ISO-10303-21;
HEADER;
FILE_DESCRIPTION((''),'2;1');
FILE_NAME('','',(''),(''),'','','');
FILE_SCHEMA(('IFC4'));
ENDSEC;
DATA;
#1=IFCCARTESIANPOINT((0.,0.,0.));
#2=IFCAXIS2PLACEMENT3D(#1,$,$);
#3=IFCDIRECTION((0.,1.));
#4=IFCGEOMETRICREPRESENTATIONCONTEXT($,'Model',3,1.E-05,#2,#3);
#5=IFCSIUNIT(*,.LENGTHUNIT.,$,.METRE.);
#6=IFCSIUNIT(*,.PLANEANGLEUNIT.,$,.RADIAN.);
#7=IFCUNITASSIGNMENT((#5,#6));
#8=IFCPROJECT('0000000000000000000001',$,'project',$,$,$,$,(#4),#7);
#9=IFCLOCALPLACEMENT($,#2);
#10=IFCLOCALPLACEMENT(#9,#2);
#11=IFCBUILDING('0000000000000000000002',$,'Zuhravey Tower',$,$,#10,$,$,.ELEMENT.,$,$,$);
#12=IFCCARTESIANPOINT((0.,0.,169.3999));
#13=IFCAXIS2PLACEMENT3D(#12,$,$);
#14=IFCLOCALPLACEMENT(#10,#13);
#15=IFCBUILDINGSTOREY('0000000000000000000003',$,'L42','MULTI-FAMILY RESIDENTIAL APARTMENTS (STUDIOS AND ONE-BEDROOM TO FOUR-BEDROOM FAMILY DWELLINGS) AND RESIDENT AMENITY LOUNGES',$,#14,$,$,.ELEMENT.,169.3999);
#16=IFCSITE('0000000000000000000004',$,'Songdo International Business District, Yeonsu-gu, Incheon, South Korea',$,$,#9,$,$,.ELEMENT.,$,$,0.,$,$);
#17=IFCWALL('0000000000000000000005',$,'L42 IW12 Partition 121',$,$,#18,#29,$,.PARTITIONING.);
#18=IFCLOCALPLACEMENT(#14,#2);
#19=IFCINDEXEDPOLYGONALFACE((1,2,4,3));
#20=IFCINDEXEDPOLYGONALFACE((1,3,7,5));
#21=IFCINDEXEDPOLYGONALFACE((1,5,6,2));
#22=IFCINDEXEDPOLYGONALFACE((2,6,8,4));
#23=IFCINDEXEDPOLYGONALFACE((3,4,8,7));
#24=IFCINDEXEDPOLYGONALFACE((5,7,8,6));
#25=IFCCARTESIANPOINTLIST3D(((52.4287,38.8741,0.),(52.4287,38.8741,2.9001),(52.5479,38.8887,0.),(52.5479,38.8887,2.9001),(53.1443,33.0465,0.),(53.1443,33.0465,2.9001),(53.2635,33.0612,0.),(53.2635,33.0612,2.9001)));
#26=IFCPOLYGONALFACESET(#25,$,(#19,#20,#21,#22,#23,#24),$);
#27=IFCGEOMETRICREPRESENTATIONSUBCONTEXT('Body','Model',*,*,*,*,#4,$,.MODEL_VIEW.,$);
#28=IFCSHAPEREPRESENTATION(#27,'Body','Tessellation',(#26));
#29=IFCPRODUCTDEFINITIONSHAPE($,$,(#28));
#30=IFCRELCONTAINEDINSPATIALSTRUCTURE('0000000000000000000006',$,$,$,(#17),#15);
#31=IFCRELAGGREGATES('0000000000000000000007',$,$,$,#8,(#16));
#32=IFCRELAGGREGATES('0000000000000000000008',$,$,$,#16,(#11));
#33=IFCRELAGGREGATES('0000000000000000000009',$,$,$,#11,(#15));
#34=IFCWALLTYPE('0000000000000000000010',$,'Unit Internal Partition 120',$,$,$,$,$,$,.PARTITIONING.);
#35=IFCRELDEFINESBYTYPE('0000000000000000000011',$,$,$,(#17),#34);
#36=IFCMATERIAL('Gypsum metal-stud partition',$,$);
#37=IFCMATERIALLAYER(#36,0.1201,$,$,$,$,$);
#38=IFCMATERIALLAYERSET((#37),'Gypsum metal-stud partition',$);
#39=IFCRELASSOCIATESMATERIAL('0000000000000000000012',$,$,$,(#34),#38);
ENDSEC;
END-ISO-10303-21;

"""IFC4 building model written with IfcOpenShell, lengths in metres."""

from ifc_helpers import new_model, si_unit, direction, frame, frame_2d, origin, place, context, subcontext, project, spatial, rectangle, extrude, material, layer, layer_set, type_object, element, save


model = new_model("IFC4")

# Units and contexts
model_context = context("Model", 3, precision=1e-05, world=origin(), true_north=direction((0.0, 1.0)))
body_context = subcontext(model_context, "Body", "Model", "MODEL_VIEW")
ifc_project = project(units=[si_unit("LENGTHUNIT", "METRE"), si_unit("PLANEANGLEUNIT", "RADIAN")], contexts=[model_context])

# Site, building, storey
site_placement = place(None, origin())
site = spatial("IfcSite", under=ifc_project, at=site_placement, Name="Songdo International Business District, Yeonsu-gu, Incheon, South Korea", CompositionType="ELEMENT", RefElevation=0.0)
building_placement = place(site_placement, origin())
building = spatial("IfcBuilding", under=site, at=building_placement, Name="Zuhravey Tower", CompositionType="ELEMENT")
storey_placement = place(building_placement, frame((0.0, 0.0, 169.3999)))
storey = spatial("IfcBuildingStorey", under=building, at=storey_placement, Name="L42", Description="MULTI-FAMILY RESIDENTIAL APARTMENTS (STUDIOS AND ONE-BEDROOM TO FOUR-BEDROOM FAMILY DWELLINGS) AND RESIDENT AMENITY LOUNGES", CompositionType="ELEMENT", Elevation=169.3999)

# Shared definitions
ifc_material_1 = material(Name="Gypsum metal-stud partition")
ifc_layer_1 = layer(ifc_material_1, 0.1201)
ifc_layer_set_1 = layer_set([ifc_layer_1], Name="Gypsum metal-stud partition")
wall_type_1 = type_object("IfcWallType", Name="Unit Internal Partition 120", PredefinedType="PARTITIONING", material=ifc_layer_set_1)

# Wall
wall_1_placement = place(storey_placement, frame((53.2039, 33.054, 0.0), z_axis=(0.0, 0.0, 1.0), x_axis=(-0.121875, 0.992545, 0.0)))
element("IfcWall", 1, at=wall_1_placement, inside=storey, type_object=wall_type_1, Name="L42 IW12 Partition 121", PredefinedType="PARTITIONING", context=body_context, shape_type="SweptSolid", body=[
    extrude(rectangle(XDim=5.8713, YDim=0.1201, at=frame_2d((2.9355, 0.0))), origin(), (0.0, 0.0, 1.0), 2.9001),
])

save(model, "model.ifc")
